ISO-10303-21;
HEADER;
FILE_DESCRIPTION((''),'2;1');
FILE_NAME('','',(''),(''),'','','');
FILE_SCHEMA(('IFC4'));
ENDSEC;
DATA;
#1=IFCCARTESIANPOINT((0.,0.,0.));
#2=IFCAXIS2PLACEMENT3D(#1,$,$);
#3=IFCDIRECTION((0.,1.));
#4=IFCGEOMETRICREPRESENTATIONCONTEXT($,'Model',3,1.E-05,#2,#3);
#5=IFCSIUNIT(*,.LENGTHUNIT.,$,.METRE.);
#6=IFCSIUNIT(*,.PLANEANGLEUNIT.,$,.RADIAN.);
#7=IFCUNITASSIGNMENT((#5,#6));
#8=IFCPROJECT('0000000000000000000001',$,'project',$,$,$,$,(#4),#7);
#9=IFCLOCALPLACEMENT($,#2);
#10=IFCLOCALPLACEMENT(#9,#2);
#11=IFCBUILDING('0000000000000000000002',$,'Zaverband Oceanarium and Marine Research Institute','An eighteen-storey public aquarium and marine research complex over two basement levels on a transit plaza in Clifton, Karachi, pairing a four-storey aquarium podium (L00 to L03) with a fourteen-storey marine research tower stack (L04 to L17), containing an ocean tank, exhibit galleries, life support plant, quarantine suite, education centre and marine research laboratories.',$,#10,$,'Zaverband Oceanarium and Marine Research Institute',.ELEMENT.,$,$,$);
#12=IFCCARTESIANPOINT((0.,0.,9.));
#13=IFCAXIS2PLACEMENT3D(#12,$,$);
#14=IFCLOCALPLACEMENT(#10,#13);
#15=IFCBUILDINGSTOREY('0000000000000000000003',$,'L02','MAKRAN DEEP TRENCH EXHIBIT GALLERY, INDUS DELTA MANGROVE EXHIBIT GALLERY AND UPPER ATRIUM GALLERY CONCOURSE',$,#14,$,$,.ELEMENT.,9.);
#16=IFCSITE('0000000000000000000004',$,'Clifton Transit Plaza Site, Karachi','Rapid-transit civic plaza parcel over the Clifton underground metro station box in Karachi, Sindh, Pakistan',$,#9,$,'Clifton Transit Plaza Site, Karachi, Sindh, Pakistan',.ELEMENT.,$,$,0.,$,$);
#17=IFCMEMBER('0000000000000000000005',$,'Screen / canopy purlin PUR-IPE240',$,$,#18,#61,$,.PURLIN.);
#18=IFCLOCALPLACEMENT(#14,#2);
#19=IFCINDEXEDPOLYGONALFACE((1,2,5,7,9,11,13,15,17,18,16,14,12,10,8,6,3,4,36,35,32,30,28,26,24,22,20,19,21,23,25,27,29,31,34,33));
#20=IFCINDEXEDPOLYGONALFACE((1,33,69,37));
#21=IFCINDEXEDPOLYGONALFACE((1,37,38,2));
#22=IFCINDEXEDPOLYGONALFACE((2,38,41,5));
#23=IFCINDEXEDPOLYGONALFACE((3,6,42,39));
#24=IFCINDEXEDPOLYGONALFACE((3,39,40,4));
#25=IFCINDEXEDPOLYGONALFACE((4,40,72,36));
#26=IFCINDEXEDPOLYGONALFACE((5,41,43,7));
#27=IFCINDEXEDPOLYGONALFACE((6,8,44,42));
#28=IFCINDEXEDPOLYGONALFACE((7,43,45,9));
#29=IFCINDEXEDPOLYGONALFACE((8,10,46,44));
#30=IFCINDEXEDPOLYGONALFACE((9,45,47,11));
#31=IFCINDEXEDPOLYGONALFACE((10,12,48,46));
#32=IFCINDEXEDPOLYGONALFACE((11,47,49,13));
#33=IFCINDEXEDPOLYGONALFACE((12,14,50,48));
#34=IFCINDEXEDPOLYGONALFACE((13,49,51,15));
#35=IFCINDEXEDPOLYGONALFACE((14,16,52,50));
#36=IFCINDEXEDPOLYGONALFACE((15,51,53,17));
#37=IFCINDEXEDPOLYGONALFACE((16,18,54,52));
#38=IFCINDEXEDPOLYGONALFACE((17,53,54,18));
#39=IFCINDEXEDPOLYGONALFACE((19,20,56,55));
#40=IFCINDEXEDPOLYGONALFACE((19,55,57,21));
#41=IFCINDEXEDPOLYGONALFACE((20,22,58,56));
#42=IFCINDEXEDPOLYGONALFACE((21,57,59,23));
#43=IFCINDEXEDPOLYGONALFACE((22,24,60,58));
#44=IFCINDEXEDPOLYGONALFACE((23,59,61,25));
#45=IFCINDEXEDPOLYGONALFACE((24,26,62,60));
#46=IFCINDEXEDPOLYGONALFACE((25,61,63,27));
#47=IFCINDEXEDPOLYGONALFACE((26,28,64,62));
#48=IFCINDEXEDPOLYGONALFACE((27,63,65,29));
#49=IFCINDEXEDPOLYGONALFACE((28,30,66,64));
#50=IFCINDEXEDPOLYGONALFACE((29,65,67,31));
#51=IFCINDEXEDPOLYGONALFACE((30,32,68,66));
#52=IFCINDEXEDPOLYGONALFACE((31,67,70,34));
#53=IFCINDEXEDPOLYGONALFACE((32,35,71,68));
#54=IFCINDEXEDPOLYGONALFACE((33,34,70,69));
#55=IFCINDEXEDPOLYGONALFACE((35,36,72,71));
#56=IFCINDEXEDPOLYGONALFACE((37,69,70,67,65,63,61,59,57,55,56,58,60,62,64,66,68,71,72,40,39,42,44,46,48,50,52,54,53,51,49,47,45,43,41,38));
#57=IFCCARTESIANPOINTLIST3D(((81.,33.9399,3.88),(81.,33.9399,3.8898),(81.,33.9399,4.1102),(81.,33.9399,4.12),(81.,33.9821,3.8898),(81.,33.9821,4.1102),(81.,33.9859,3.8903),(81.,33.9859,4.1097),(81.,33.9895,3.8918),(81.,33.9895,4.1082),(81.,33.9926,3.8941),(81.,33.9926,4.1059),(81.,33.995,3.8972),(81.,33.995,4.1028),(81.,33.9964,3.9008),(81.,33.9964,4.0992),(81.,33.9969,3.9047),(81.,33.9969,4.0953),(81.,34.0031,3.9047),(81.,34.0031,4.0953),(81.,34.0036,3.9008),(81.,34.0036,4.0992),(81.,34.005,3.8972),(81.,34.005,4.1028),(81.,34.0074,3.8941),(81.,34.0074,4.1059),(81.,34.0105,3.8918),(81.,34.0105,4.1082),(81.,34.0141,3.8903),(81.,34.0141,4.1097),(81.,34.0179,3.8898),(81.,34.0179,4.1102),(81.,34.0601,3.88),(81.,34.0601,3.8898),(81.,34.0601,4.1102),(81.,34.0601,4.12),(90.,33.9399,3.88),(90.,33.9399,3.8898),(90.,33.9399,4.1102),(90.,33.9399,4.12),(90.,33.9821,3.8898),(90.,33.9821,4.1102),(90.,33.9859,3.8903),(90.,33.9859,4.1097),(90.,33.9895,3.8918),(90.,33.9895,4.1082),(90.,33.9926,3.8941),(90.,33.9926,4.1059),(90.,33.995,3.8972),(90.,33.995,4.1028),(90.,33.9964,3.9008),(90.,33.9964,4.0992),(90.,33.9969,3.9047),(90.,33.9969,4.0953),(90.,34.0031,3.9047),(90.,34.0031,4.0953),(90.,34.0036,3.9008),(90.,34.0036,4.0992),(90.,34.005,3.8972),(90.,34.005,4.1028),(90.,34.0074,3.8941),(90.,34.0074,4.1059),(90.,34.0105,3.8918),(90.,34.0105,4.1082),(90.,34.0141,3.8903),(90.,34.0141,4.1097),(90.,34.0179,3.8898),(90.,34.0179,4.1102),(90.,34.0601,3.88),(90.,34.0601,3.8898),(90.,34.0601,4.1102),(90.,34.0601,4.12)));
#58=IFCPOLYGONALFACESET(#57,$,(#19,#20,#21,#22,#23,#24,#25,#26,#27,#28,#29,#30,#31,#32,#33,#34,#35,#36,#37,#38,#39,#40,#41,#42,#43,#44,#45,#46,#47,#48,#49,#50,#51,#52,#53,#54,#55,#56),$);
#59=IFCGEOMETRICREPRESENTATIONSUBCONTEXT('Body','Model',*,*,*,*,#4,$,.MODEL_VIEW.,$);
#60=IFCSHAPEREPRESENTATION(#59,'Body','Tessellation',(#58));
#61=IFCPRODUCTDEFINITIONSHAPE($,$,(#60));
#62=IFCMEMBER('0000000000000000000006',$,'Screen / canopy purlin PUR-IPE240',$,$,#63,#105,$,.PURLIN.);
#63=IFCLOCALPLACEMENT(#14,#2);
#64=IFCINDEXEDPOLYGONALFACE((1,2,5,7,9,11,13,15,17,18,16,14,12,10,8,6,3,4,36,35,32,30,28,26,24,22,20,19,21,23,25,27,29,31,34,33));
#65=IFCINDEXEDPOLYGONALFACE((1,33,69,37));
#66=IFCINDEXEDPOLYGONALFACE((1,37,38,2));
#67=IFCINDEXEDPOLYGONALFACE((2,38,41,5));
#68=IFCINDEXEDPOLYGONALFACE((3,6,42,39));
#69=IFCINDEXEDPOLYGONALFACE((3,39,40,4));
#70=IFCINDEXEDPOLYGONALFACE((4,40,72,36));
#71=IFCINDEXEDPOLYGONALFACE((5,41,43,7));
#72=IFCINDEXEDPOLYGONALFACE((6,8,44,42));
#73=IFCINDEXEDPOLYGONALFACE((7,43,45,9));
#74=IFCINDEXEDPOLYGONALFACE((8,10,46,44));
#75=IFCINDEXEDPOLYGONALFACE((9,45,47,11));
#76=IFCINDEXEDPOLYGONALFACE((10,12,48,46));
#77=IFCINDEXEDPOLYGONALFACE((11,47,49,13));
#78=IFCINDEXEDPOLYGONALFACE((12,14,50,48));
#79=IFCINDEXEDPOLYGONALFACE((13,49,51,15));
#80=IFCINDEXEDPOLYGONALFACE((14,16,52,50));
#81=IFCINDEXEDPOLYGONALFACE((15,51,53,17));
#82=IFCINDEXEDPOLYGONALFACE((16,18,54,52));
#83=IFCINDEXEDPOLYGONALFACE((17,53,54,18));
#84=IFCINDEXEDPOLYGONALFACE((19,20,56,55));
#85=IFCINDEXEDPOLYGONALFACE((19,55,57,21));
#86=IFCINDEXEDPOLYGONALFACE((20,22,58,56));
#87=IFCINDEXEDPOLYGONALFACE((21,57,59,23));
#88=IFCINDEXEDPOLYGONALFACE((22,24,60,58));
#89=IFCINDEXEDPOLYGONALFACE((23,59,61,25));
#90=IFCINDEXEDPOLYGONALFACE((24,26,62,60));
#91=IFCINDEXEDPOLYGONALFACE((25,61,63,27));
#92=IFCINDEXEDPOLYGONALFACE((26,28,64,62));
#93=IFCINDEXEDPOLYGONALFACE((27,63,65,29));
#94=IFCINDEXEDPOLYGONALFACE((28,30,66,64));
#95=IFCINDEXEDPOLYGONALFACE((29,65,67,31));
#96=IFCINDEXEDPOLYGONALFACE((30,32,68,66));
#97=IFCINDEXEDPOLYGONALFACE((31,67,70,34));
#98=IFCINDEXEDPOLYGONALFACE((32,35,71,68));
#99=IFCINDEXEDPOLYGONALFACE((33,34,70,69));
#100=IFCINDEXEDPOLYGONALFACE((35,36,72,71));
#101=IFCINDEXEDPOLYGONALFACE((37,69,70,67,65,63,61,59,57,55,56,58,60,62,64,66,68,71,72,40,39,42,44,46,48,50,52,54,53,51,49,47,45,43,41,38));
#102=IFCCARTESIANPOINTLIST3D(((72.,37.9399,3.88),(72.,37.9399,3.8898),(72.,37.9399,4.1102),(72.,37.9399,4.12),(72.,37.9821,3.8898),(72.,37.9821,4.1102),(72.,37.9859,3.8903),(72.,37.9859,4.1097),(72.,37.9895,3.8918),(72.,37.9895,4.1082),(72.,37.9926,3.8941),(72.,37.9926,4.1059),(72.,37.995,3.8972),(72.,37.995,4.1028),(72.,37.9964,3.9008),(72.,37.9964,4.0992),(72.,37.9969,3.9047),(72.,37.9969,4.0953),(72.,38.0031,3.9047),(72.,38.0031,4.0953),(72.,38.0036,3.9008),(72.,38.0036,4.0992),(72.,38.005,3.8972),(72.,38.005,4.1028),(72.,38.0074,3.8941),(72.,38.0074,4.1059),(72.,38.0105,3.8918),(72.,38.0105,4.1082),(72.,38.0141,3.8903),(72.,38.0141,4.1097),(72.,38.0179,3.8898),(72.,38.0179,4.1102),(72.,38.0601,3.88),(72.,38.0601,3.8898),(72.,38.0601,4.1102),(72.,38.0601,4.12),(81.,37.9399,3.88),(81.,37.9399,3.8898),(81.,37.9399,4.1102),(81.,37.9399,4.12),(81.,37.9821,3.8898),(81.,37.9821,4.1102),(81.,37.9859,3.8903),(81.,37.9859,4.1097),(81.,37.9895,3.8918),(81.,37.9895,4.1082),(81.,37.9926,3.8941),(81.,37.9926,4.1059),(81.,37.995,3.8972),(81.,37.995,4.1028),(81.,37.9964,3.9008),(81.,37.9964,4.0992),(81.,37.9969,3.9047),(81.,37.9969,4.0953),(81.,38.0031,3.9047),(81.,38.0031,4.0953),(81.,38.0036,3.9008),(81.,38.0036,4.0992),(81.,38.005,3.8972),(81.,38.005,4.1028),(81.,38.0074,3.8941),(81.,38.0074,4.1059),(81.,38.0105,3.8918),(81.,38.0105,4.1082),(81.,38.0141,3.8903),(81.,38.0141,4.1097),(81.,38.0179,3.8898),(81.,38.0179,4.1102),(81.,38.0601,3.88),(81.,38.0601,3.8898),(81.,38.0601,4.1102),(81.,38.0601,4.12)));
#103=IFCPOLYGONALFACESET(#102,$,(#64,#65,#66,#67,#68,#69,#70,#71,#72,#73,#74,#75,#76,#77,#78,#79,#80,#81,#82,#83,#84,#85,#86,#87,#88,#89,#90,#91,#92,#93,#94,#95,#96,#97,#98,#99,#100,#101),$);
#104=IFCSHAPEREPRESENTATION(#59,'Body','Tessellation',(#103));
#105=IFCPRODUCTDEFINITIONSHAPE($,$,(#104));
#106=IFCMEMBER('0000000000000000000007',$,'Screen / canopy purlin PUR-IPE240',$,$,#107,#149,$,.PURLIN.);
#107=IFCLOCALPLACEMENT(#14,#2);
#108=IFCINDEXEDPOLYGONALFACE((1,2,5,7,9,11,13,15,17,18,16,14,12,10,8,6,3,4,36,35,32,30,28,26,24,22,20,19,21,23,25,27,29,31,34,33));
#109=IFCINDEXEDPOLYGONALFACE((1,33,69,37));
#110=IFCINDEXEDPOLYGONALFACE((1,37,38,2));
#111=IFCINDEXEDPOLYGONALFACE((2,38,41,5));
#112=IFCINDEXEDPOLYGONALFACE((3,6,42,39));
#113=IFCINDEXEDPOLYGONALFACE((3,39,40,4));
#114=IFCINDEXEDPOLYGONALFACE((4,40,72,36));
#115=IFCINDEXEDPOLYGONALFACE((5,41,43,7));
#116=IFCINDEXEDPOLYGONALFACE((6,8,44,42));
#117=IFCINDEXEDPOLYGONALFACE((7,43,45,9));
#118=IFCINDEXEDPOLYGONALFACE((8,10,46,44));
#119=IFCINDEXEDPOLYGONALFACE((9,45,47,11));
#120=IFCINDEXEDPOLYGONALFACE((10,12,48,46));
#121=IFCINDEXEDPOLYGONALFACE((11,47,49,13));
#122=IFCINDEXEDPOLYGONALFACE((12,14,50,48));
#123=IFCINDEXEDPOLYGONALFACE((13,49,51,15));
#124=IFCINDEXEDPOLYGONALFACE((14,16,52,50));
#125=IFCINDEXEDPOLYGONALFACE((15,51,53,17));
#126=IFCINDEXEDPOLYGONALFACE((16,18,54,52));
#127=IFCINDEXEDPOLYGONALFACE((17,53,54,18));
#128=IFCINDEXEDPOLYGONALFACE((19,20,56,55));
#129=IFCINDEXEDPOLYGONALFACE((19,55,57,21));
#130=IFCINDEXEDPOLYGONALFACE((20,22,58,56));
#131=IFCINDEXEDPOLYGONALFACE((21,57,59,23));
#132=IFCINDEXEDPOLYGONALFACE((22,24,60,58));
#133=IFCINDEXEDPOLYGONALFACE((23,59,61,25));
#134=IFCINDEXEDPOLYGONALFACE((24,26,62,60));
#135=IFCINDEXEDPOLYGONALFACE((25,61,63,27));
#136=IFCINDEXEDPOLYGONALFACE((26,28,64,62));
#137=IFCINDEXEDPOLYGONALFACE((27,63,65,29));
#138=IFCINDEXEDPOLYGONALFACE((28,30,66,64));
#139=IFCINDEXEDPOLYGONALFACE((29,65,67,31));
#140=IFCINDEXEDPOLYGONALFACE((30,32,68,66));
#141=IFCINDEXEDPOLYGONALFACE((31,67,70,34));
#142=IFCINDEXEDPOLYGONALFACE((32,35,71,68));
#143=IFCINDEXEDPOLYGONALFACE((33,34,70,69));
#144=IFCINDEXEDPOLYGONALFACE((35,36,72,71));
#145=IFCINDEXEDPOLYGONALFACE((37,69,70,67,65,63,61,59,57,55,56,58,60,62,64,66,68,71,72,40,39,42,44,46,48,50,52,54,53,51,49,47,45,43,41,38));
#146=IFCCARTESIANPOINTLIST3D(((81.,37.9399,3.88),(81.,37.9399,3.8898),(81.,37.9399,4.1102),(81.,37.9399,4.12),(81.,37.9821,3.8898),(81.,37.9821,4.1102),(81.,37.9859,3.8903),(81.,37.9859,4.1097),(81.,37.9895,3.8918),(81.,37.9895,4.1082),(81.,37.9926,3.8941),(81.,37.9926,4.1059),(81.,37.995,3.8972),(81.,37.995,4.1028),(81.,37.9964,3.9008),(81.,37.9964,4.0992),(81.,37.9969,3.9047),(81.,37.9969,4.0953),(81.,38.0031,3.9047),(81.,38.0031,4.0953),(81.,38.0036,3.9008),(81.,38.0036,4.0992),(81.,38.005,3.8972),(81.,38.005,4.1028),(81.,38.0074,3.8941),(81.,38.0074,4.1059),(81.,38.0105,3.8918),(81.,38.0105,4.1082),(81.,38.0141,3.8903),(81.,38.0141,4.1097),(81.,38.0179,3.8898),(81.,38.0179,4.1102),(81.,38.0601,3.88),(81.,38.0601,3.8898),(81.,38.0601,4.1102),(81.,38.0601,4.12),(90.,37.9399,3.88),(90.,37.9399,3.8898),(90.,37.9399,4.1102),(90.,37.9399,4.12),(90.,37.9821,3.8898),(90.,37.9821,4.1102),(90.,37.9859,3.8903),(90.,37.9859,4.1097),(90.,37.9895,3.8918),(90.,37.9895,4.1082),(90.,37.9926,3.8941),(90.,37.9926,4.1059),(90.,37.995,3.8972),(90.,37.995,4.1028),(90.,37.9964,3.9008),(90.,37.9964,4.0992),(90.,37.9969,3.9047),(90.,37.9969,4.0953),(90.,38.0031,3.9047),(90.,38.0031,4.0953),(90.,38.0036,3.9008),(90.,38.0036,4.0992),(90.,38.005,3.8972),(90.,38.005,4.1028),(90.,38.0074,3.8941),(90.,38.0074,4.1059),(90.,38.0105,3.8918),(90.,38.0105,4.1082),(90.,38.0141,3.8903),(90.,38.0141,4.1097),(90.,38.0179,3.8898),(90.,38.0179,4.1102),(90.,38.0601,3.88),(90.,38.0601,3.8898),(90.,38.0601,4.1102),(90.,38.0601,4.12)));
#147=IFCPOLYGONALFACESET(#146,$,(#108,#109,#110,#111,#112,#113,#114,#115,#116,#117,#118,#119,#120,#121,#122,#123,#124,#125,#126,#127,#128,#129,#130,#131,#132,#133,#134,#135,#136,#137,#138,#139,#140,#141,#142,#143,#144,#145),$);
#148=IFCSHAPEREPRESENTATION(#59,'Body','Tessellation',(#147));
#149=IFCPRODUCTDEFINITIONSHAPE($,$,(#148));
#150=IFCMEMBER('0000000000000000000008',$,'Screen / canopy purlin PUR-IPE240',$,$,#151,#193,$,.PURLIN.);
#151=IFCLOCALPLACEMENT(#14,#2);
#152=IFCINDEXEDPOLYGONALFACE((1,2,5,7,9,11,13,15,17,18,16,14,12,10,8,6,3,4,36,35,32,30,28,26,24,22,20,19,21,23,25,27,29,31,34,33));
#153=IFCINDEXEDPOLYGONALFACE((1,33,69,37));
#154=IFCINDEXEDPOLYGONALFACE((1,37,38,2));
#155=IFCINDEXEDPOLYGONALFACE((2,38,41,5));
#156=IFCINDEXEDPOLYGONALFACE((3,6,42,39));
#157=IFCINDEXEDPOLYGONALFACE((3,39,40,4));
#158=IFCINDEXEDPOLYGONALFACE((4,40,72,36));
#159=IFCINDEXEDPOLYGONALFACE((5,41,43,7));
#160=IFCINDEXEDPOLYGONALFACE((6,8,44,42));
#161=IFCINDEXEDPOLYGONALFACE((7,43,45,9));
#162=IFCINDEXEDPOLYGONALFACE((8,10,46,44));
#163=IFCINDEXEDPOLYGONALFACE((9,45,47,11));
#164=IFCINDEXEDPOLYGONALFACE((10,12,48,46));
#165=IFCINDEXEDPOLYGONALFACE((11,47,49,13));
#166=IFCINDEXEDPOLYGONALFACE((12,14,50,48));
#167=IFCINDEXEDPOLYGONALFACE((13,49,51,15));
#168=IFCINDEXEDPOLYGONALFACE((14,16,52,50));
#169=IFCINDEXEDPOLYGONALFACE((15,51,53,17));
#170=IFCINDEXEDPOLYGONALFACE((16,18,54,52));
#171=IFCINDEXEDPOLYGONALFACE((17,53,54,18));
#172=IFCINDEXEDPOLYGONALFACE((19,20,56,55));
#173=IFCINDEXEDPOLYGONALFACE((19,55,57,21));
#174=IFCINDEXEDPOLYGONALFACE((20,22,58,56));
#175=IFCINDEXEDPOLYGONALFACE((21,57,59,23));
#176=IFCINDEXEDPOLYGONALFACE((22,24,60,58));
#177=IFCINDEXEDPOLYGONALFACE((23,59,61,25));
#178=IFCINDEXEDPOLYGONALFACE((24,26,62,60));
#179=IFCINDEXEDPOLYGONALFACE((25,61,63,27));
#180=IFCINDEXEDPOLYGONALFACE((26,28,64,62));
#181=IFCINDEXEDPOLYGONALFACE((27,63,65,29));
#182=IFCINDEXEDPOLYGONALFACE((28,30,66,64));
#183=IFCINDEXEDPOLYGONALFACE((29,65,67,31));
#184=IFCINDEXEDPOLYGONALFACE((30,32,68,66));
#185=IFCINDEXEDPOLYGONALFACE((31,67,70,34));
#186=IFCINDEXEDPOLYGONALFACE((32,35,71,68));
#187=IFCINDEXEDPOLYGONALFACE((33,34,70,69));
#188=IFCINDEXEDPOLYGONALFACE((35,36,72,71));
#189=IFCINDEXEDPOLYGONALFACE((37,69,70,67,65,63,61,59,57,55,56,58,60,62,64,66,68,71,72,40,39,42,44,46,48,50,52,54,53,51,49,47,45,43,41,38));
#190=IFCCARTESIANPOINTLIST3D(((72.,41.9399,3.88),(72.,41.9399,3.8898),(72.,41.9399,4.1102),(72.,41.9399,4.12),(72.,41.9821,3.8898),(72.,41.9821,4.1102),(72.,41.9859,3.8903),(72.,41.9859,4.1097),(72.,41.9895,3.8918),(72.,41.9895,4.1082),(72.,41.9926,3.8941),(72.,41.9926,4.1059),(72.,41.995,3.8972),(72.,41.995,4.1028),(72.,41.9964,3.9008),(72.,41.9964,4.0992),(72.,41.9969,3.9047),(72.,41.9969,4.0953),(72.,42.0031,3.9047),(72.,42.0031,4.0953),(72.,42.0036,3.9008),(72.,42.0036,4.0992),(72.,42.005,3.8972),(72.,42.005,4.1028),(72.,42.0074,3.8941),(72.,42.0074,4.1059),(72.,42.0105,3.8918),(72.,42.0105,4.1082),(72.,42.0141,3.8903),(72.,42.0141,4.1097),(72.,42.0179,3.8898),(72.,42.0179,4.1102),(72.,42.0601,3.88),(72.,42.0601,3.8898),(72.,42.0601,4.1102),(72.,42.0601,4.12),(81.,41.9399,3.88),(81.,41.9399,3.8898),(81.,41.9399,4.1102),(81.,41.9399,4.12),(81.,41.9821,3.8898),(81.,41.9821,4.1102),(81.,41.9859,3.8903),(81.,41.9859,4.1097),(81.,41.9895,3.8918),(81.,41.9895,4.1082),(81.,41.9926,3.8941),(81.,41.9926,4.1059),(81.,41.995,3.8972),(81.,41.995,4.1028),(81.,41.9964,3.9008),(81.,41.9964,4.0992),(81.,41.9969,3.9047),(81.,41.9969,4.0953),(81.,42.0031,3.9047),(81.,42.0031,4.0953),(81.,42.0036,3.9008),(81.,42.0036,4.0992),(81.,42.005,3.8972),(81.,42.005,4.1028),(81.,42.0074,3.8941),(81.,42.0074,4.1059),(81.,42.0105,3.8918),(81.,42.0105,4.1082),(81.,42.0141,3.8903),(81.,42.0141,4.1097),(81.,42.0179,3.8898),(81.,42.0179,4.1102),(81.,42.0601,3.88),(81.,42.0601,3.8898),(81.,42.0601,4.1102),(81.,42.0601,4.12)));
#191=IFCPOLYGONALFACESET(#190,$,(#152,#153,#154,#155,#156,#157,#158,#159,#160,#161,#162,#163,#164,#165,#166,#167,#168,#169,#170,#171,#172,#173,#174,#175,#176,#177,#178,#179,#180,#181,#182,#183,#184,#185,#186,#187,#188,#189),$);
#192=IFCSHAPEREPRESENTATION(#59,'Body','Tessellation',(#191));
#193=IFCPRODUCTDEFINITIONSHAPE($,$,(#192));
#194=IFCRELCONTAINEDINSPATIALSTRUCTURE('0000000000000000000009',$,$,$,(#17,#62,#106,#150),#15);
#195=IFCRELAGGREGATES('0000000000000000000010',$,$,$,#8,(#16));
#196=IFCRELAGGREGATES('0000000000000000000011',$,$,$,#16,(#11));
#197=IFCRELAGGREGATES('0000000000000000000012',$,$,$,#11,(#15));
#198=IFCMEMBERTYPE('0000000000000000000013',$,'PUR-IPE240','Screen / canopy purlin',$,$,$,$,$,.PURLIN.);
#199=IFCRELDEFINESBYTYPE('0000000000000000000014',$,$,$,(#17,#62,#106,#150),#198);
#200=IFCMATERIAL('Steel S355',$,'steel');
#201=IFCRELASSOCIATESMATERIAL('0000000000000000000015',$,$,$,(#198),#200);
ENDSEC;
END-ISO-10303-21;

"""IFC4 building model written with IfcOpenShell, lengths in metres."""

from ifc_helpers import new_model, si_unit, direction, frame, origin, origin_2d, place, context, subcontext, project, spatial, i_section, extrude, material, material_profile, profile_set, type_object, element, save


model = new_model("IFC4")

# Units and contexts
model_context = context("Model", 3, precision=1e-05, world=origin(), true_north=direction((0.0, 1.0)))
body_context = subcontext(model_context, "Body", "Model", "MODEL_VIEW")
ifc_project = project(units=[si_unit("LENGTHUNIT", "METRE"), si_unit("PLANEANGLEUNIT", "RADIAN")], contexts=[model_context])

# Site, building, storey
site_placement = place(None, origin())
site = spatial("IfcSite", under=ifc_project, at=site_placement, Name="Clifton Transit Plaza Site, Karachi", Description="Rapid-transit civic plaza parcel over the Clifton underground metro station box in Karachi, Sindh, Pakistan", LongName="Clifton Transit Plaza Site, Karachi, Sindh, Pakistan", CompositionType="ELEMENT", RefElevation=0.0)
building_placement = place(site_placement, origin())
building = spatial("IfcBuilding", under=site, at=building_placement, Name="Zaverband Oceanarium and Marine Research Institute", Description="An eighteen-storey public aquarium and marine research complex over two basement levels on a transit plaza in Clifton, Karachi, pairing a four-storey aquarium podium (L00 to L03) with a fourteen-storey marine research tower stack (L04 to L17), containing an ocean tank, exhibit galleries, life support plant, quarantine suite, education centre and marine research laboratories.", LongName="Zaverband Oceanarium and Marine Research Institute", CompositionType="ELEMENT")
storey_placement = place(building_placement, frame((0.0, 0.0, 9.0)))
storey = spatial("IfcBuildingStorey", under=building, at=storey_placement, Name="L02", Description="MAKRAN DEEP TRENCH EXHIBIT GALLERY, INDUS DELTA MANGROVE EXHIBIT GALLERY AND UPPER ATRIUM GALLERY CONCOURSE", CompositionType="ELEMENT", Elevation=9.0)

# Members
ifc_material_1 = material(Name="Steel S355", Category="steel")
ifc_material_profile_1 = material_profile(ifc_material_1, i_section(OverallWidth=0.1201, OverallDepth=0.24, WebThickness=0.0061, FlangeThickness=0.0098, FilletRadius=0.0149, at=origin_2d()), Name="IPE240")
ifc_profile_set_1 = profile_set([ifc_material_profile_1], Name="Steel S355")
member_type_1 = type_object("IfcMemberType", Name="PUR-IPE240", Description="Screen / canopy purlin", PredefinedType="PURLIN", material=ifc_profile_set_1)
for number, where, z_axis, x_axis, name in (
    (1, (81.0, 34.0, 4.0), (1.0, 0.0, 0.0), (0.0, 1.0, 0.0), "Screen / canopy purlin PUR-IPE240"),
    (2, (72.0, 38.0, 4.0), (1.0, 0.0, 0.0), (0.0, 1.0, 0.0), "Screen / canopy purlin PUR-IPE240"),
    (3, (81.0, 38.0, 4.0), (1.0, 0.0, 0.0), (0.0, 1.0, 0.0), "Screen / canopy purlin PUR-IPE240"),
    (4, (72.0, 42.0, 4.0), (1.0, 0.0, 0.0), (0.0, 1.0, 0.0), "Screen / canopy purlin PUR-IPE240"),
):
    element("IfcMember", number, at=place(storey_placement, frame(where, z_axis=z_axis, x_axis=x_axis)), inside=storey, type_object=member_type_1, Name=name, PredefinedType="PURLIN", context=body_context, shape_type="SweptSolid", body=[
        extrude(i_section(OverallWidth=0.1201, OverallDepth=0.24, WebThickness=0.0061, FlangeThickness=0.0098, FilletRadius=0.0149, at=origin_2d()), origin(), (0.0, 0.0, 1.0), 9.0),
    ])

save(model, "model.ifc")
